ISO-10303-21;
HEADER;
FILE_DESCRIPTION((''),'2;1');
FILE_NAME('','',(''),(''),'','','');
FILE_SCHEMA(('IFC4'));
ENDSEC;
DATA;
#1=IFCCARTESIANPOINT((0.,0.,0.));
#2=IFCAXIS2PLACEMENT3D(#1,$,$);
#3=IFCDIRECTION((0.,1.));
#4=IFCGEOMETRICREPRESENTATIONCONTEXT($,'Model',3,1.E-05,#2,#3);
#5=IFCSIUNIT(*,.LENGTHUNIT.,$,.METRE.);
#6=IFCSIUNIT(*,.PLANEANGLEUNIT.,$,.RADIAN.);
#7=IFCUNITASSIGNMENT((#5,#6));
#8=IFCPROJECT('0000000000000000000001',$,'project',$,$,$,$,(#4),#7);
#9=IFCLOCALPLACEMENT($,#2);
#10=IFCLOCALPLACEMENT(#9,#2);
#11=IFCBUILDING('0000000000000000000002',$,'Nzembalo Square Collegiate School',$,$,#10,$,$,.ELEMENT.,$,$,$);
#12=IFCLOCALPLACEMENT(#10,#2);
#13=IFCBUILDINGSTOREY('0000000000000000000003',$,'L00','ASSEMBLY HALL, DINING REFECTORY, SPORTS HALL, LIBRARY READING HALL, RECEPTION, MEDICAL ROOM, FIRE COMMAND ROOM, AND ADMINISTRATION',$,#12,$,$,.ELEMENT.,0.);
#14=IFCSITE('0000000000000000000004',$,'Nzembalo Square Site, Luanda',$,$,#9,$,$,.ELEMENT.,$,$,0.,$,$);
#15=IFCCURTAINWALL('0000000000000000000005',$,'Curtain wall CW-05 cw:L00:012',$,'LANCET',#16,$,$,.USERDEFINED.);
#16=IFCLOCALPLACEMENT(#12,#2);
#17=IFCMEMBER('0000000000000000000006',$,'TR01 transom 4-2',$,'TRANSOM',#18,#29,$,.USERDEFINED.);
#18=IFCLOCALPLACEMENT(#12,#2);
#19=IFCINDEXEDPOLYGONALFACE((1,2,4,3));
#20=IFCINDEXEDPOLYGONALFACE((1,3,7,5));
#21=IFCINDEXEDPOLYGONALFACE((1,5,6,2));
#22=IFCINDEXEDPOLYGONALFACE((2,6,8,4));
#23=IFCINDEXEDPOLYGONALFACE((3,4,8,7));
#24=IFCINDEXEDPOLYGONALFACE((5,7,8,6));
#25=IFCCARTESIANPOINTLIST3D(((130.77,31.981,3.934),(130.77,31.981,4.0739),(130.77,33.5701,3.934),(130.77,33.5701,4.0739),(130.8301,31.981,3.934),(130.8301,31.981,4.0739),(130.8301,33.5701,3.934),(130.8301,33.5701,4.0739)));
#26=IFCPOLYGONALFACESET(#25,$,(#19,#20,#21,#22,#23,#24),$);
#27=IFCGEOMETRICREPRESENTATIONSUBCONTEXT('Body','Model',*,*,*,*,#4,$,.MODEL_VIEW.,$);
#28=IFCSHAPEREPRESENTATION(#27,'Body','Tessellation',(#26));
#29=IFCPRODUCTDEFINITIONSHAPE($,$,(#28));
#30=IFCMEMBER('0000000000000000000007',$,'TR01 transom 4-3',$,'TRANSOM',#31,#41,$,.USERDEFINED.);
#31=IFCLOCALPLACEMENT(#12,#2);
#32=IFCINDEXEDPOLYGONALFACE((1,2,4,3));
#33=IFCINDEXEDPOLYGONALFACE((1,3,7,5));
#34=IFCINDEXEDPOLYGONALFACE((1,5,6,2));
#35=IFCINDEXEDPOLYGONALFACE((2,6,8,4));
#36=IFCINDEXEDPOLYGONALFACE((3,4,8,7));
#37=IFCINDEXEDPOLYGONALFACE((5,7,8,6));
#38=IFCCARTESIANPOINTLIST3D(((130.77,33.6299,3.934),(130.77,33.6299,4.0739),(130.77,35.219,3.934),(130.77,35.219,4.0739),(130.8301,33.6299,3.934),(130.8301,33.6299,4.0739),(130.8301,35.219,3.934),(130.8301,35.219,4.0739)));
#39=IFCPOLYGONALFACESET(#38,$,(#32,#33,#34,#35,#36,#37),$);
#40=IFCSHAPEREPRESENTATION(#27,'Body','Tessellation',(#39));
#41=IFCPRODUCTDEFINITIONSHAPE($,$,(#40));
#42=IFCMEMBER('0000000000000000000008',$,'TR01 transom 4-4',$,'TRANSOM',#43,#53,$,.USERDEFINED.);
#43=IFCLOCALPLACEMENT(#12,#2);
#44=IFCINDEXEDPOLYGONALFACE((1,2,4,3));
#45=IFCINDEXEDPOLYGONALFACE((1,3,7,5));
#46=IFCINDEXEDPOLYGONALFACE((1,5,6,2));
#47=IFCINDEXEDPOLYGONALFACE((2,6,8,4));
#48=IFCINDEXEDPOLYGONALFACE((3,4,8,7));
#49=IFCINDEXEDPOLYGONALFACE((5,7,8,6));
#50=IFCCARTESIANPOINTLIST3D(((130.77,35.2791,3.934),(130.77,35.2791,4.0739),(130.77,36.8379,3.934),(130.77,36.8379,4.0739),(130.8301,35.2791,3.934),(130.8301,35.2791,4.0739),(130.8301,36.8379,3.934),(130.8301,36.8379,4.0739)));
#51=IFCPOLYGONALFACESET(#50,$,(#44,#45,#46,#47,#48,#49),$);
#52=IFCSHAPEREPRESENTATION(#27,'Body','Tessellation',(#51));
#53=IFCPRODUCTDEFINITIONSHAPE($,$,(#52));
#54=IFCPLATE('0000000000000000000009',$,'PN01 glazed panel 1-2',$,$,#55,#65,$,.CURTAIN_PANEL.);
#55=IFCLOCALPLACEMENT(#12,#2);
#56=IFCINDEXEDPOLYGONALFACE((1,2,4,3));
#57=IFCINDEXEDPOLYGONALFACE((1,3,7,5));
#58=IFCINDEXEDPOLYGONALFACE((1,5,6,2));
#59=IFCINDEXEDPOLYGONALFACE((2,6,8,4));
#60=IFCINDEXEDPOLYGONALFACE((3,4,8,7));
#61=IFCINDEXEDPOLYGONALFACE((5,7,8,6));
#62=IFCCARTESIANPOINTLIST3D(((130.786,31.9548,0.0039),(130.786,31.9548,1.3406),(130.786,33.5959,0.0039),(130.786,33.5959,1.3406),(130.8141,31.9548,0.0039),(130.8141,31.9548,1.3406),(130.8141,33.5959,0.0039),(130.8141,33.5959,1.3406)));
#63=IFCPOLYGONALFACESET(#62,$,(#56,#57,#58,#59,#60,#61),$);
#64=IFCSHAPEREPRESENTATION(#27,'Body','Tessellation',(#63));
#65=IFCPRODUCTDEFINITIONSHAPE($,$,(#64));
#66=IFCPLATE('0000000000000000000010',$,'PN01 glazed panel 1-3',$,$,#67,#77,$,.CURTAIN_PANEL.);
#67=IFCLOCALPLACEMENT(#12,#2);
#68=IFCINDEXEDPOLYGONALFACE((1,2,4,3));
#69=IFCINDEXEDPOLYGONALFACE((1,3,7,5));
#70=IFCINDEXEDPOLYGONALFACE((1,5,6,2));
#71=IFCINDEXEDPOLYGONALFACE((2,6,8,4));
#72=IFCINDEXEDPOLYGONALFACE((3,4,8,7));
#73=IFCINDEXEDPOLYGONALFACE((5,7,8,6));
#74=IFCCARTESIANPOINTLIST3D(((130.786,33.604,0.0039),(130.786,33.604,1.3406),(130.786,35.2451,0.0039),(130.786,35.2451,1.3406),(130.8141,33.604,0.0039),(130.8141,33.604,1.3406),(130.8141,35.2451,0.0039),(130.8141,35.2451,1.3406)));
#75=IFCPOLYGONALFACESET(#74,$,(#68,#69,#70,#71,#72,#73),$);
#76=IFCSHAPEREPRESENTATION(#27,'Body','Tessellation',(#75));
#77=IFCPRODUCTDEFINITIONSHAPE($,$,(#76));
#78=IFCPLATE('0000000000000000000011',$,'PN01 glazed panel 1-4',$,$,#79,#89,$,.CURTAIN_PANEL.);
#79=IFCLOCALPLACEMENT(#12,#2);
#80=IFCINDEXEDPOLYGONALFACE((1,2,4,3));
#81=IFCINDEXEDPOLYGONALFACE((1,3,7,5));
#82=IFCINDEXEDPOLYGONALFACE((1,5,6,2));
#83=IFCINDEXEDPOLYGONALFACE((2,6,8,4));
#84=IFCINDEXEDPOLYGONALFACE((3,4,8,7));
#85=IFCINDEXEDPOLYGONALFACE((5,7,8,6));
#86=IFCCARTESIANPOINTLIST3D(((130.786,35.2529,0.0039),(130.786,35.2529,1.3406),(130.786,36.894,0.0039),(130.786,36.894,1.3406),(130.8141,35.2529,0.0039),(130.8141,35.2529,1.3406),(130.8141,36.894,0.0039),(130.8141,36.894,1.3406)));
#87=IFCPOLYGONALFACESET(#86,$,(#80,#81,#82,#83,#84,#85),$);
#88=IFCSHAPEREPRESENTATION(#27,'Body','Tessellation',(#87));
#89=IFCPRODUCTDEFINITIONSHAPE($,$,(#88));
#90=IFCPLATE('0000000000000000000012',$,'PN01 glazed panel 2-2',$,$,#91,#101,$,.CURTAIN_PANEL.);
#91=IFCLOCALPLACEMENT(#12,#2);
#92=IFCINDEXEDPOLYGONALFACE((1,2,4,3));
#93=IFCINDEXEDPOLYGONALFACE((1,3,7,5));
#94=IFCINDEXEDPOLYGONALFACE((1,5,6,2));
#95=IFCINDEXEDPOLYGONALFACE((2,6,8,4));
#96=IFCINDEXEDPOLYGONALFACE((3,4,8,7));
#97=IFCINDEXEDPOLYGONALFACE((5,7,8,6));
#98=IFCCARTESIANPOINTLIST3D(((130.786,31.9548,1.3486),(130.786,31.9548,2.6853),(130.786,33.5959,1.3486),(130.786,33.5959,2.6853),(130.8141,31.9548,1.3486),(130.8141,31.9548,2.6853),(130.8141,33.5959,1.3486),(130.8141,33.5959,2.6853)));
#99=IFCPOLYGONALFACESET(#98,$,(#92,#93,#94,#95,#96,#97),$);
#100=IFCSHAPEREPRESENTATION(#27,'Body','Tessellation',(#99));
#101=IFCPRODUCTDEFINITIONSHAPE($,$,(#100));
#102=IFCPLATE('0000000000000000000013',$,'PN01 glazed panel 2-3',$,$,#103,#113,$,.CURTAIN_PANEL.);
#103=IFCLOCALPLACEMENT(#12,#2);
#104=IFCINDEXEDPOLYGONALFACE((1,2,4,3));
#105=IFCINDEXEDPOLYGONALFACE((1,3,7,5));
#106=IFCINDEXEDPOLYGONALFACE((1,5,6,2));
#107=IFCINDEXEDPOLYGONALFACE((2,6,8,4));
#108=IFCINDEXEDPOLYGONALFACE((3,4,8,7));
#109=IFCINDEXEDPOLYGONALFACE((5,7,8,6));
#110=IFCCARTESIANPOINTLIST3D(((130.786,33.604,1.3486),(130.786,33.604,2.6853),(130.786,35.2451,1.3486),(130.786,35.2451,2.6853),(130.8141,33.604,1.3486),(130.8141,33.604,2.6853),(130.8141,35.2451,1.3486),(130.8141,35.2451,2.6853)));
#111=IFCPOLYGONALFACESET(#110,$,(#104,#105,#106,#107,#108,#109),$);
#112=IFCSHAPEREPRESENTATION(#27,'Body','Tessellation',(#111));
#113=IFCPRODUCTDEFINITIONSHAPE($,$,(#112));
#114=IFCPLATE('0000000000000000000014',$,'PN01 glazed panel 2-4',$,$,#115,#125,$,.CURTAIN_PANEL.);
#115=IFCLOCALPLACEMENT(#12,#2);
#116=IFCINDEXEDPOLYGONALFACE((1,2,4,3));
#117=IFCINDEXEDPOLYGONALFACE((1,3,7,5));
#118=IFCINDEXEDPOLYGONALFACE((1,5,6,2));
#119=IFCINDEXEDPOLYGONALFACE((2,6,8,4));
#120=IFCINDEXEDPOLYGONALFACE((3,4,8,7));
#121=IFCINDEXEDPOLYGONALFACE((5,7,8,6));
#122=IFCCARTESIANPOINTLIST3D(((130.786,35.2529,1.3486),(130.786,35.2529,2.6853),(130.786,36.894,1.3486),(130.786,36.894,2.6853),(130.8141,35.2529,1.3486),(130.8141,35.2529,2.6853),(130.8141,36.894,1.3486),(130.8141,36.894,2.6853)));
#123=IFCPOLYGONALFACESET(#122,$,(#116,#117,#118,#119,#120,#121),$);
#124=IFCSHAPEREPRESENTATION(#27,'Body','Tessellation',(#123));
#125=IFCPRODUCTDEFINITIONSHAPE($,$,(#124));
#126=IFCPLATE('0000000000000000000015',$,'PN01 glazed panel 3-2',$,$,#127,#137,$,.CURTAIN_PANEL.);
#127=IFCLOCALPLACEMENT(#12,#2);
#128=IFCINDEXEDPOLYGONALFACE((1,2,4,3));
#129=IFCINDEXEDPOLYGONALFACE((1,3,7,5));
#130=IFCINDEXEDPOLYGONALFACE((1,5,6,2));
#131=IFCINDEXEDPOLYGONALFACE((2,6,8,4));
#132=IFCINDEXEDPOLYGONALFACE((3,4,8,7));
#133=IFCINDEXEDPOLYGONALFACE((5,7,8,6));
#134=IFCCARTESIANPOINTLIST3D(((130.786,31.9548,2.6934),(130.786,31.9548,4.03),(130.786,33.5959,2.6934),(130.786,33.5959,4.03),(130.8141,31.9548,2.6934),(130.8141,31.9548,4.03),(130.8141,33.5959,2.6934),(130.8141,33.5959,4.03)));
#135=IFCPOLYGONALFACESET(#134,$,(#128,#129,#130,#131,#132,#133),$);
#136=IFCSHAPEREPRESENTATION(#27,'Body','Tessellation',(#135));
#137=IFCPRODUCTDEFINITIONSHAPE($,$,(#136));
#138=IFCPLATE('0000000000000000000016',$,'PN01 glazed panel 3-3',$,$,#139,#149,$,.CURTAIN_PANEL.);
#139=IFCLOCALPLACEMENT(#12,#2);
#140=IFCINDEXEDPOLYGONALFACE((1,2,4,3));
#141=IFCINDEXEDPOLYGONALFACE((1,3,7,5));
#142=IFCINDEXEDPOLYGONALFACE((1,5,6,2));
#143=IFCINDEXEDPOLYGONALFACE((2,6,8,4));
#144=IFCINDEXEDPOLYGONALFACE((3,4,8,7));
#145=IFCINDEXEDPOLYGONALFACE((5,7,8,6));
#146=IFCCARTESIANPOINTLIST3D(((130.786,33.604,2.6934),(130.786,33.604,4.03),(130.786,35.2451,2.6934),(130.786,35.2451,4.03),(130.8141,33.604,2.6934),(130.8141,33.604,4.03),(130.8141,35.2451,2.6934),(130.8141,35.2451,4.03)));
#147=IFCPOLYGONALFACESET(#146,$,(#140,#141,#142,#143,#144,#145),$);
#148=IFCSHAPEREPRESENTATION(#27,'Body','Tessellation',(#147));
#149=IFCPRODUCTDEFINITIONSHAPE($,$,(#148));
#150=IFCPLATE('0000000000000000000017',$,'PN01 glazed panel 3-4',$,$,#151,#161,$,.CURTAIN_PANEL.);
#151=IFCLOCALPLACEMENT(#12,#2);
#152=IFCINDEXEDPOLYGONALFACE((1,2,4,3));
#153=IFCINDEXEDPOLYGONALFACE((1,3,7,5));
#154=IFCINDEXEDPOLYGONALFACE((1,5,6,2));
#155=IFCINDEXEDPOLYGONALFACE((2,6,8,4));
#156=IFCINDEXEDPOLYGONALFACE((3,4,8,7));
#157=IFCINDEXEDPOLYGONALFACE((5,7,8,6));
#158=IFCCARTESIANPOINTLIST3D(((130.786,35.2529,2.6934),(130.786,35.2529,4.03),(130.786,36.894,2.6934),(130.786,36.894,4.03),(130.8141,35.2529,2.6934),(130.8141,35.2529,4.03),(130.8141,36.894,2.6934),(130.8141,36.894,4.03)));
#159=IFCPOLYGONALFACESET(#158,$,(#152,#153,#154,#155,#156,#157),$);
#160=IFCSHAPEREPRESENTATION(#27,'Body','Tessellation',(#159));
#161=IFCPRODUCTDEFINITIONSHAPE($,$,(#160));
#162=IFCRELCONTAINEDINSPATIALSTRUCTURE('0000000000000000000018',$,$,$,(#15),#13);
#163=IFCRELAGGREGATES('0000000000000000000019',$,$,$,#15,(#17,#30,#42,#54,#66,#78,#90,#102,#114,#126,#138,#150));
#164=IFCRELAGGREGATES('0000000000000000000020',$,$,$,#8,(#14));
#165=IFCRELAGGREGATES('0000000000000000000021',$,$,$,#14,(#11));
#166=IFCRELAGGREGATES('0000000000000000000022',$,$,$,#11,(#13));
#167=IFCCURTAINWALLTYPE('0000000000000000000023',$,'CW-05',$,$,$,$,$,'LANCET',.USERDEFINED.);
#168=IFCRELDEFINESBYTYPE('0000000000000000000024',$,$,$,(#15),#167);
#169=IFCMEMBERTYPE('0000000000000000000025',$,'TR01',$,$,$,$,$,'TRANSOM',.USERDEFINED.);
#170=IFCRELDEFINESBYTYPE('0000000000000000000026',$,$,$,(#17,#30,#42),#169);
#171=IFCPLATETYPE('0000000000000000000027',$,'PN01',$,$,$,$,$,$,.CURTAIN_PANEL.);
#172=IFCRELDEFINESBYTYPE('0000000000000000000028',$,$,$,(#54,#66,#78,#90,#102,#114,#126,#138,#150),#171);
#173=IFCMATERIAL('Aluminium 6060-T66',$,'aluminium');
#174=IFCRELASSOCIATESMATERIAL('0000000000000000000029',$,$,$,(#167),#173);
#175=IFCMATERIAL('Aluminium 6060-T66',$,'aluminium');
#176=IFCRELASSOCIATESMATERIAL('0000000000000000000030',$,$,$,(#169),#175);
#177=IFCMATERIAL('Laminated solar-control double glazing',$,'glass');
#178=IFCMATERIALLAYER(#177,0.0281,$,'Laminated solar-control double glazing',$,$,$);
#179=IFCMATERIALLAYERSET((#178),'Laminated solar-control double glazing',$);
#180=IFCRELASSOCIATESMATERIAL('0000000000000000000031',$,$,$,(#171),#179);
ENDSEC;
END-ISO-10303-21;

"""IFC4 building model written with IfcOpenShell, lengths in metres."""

from ifc_helpers import new_model, si_unit, direction, frame, origin, origin_2d, place, context, subcontext, project, spatial, rectangle, extrude, material, layer, layer_set, material_profile, profile_set, type_object, element, aggregate, save


model = new_model("IFC4")

# Units and contexts
model_context = context("Model", 3, precision=1e-05, world=origin(), true_north=direction((0.0, 1.0)))
body_context = subcontext(model_context, "Body", "Model", "MODEL_VIEW")
ifc_project = project(units=[si_unit("LENGTHUNIT", "METRE"), si_unit("PLANEANGLEUNIT", "RADIAN")], contexts=[model_context])

# Site, building, storey
site_placement = place(None, origin())
site = spatial("IfcSite", under=ifc_project, at=site_placement, Name="Nzembalo Square Site, Luanda", CompositionType="ELEMENT", RefElevation=0.0)
building_placement = place(site_placement, origin())
building = spatial("IfcBuilding", under=site, at=building_placement, Name="Nzembalo Square Collegiate School", CompositionType="ELEMENT")
storey_placement = place(building_placement, origin())
storey = spatial("IfcBuildingStorey", under=building, at=storey_placement, Name="L00", Description="ASSEMBLY HALL, DINING REFECTORY, SPORTS HALL, LIBRARY READING HALL, RECEPTION, MEDICAL ROOM, FIRE COMMAND ROOM, AND ADMINISTRATION", CompositionType="ELEMENT", Elevation=0.0)

# Curtain wall, members, plates
ifc_material_1 = material(Name="Aluminium 6060-T66", Category="aluminium")
curtain_wall_type = type_object("IfcCurtainWallType", Name="CW-05", ElementType="LANCET", PredefinedType="USERDEFINED", material=ifc_material_1)
curtain_wall_placement = place(storey_placement, origin())
curtain_wall = element("IfcCurtainWall", 1, at=curtain_wall_placement, inside=storey, type_object=curtain_wall_type, Name="Curtain wall CW-05 cw:L00:012", ObjectType="LANCET", PredefinedType="USERDEFINED")
ifc_material_2 = material(Name="Aluminium 6060-T66", Category="aluminium")
ifc_material_profile_1 = material_profile(ifc_material_2, rectangle(XDim=0.0601, YDim=0.1399, at=origin_2d()), Name="ALU T60x140")
ifc_profile_set_1 = profile_set([ifc_material_profile_1], Name="Aluminium 6060-T66")
member_type_1 = type_object("IfcMemberType", Name="TR01", ElementType="TRANSOM", PredefinedType="USERDEFINED", material=ifc_profile_set_1)
member_1_placement = place(storey_placement, frame((130.8, 31.981, 4.0039), z_axis=(0.0, 1.0, 0.0), x_axis=(-1.0, 0.0, 0.0)))
member_1 = element("IfcMember", 2, at=member_1_placement, type_object=member_type_1, Name="TR01 transom 4-2", ObjectType="TRANSOM", PredefinedType="USERDEFINED", context=body_context, shape_type="SweptSolid", body=[
    extrude(rectangle(XDim=0.0601, YDim=0.1399, at=origin_2d()), origin(), (0.0, 0.0, 1.0), 1.5891),
])
member_2_placement = place(storey_placement, frame((130.8, 33.6299, 4.0039), z_axis=(0.0, 1.0, 0.0), x_axis=(-1.0, 0.0, 0.0)))
member_2 = element("IfcMember", 3, at=member_2_placement, type_object=member_type_1, Name="TR01 transom 4-3", ObjectType="TRANSOM", PredefinedType="USERDEFINED", context=body_context, shape_type="SweptSolid", body=[
    extrude(rectangle(XDim=0.0601, YDim=0.1399, at=origin_2d()), origin(), (0.0, 0.0, 1.0), 1.5891),
])
member_3_placement = place(storey_placement, frame((130.8, 35.2791, 4.0039), z_axis=(0.0, 1.0, 0.0), x_axis=(-1.0, 0.0, 0.0)))
member_3 = element("IfcMember", 4, at=member_3_placement, type_object=member_type_1, Name="TR01 transom 4-4", ObjectType="TRANSOM", PredefinedType="USERDEFINED", context=body_context, shape_type="SweptSolid", body=[
    extrude(rectangle(XDim=0.0601, YDim=0.1399, at=origin_2d()), origin(), (0.0, 0.0, 1.0), 1.5588),
])
ifc_material_3 = material(Name="Laminated solar-control double glazing", Category="glass")
ifc_layer = layer(ifc_material_3, 0.0281, Name="Laminated solar-control double glazing")
ifc_layer_set = layer_set([ifc_layer], Name="Laminated solar-control double glazing")
plate_type = type_object("IfcPlateType", Name="PN01", PredefinedType="CURTAIN_PANEL", material=ifc_layer_set)
plate_1_placement = place(storey_placement, frame((130.8, 32.7754, 0.0039), z_axis=(0.0, 0.0, 1.0), x_axis=(0.0, 1.0, 0.0)))
plate_1 = element("IfcPlate", 5, at=plate_1_placement, type_object=plate_type, Name="PN01 glazed panel 1-2", PredefinedType="CURTAIN_PANEL", context=body_context, shape_type="SweptSolid", body=[
    extrude(rectangle(XDim=1.6411, YDim=0.0281, at=origin_2d()), origin(), (0.0, 0.0, 1.0), 1.3367),
])
plate_2_placement = place(storey_placement, frame((130.8, 34.4246, 0.0039), z_axis=(0.0, 0.0, 1.0), x_axis=(0.0, 1.0, 0.0)))
plate_2 = element("IfcPlate", 6, at=plate_2_placement, type_object=plate_type, Name="PN01 glazed panel 1-3", PredefinedType="CURTAIN_PANEL", context=body_context, shape_type="SweptSolid", body=[
    extrude(rectangle(XDim=1.6411, YDim=0.0281, at=origin_2d()), origin(), (0.0, 0.0, 1.0), 1.3367),
])
plate_3_placement = place(storey_placement, frame((130.8, 36.0735, 0.0039), z_axis=(0.0, 0.0, 1.0), x_axis=(0.0, 1.0, 0.0)))
plate_3 = element("IfcPlate", 7, at=plate_3_placement, type_object=plate_type, Name="PN01 glazed panel 1-4", PredefinedType="CURTAIN_PANEL", context=body_context, shape_type="SweptSolid", body=[
    extrude(rectangle(XDim=1.6411, YDim=0.0281, at=origin_2d()), origin(), (0.0, 0.0, 1.0), 1.3367),
])
plate_4_placement = place(storey_placement, frame((130.8, 32.7754, 1.3486), z_axis=(0.0, 0.0, 1.0), x_axis=(0.0, 1.0, 0.0)))
plate_4 = element("IfcPlate", 8, at=plate_4_placement, type_object=plate_type, Name="PN01 glazed panel 2-2", PredefinedType="CURTAIN_PANEL", context=body_context, shape_type="SweptSolid", body=[
    extrude(rectangle(XDim=1.6411, YDim=0.0281, at=origin_2d()), origin(), (0.0, 0.0, 1.0), 1.3367),
])
plate_5_placement = place(storey_placement, frame((130.8, 34.4246, 1.3486), z_axis=(0.0, 0.0, 1.0), x_axis=(0.0, 1.0, 0.0)))
plate_5 = element("IfcPlate", 9, at=plate_5_placement, type_object=plate_type, Name="PN01 glazed panel 2-3", PredefinedType="CURTAIN_PANEL", context=body_context, shape_type="SweptSolid", body=[
    extrude(rectangle(XDim=1.6411, YDim=0.0281, at=origin_2d()), origin(), (0.0, 0.0, 1.0), 1.3367),
])
plate_6_placement = place(storey_placement, frame((130.8, 36.0735, 1.3486), z_axis=(0.0, 0.0, 1.0), x_axis=(0.0, 1.0, 0.0)))
plate_6 = element("IfcPlate", 10, at=plate_6_placement, type_object=plate_type, Name="PN01 glazed panel 2-4", PredefinedType="CURTAIN_PANEL", context=body_context, shape_type="SweptSolid", body=[
    extrude(rectangle(XDim=1.6411, YDim=0.0281, at=origin_2d()), origin(), (0.0, 0.0, 1.0), 1.3367),
])
plate_7_placement = place(storey_placement, frame((130.8, 32.7754, 2.6934), z_axis=(0.0, 0.0, 1.0), x_axis=(0.0, 1.0, 0.0)))
plate_7 = element("IfcPlate", 11, at=plate_7_placement, type_object=plate_type, Name="PN01 glazed panel 3-2", PredefinedType="CURTAIN_PANEL", context=body_context, shape_type="SweptSolid", body=[
    extrude(rectangle(XDim=1.6411, YDim=0.0281, at=origin_2d()), origin(), (0.0, 0.0, 1.0), 1.3367),
])
plate_8_placement = place(storey_placement, frame((130.8, 34.4246, 2.6934), z_axis=(0.0, 0.0, 1.0), x_axis=(0.0, 1.0, 0.0)))
plate_8 = element("IfcPlate", 12, at=plate_8_placement, type_object=plate_type, Name="PN01 glazed panel 3-3", PredefinedType="CURTAIN_PANEL", context=body_context, shape_type="SweptSolid", body=[
    extrude(rectangle(XDim=1.6411, YDim=0.0281, at=origin_2d()), origin(), (0.0, 0.0, 1.0), 1.3367),
])
plate_9_placement = place(storey_placement, frame((130.8, 36.0735, 2.6934), z_axis=(0.0, 0.0, 1.0), x_axis=(0.0, 1.0, 0.0)))
plate_9 = element("IfcPlate", 13, at=plate_9_placement, type_object=plate_type, Name="PN01 glazed panel 3-4", PredefinedType="CURTAIN_PANEL", context=body_context, shape_type="SweptSolid", body=[
    extrude(rectangle(XDim=1.6411, YDim=0.0281, at=origin_2d()), origin(), (0.0, 0.0, 1.0), 1.3367),
])
aggregate(curtain_wall, [member_1, member_2, member_3, plate_1, plate_2, plate_3, plate_4, plate_5, plate_6, plate_7, plate_8, plate_9])

save(model, "model.ifc")
